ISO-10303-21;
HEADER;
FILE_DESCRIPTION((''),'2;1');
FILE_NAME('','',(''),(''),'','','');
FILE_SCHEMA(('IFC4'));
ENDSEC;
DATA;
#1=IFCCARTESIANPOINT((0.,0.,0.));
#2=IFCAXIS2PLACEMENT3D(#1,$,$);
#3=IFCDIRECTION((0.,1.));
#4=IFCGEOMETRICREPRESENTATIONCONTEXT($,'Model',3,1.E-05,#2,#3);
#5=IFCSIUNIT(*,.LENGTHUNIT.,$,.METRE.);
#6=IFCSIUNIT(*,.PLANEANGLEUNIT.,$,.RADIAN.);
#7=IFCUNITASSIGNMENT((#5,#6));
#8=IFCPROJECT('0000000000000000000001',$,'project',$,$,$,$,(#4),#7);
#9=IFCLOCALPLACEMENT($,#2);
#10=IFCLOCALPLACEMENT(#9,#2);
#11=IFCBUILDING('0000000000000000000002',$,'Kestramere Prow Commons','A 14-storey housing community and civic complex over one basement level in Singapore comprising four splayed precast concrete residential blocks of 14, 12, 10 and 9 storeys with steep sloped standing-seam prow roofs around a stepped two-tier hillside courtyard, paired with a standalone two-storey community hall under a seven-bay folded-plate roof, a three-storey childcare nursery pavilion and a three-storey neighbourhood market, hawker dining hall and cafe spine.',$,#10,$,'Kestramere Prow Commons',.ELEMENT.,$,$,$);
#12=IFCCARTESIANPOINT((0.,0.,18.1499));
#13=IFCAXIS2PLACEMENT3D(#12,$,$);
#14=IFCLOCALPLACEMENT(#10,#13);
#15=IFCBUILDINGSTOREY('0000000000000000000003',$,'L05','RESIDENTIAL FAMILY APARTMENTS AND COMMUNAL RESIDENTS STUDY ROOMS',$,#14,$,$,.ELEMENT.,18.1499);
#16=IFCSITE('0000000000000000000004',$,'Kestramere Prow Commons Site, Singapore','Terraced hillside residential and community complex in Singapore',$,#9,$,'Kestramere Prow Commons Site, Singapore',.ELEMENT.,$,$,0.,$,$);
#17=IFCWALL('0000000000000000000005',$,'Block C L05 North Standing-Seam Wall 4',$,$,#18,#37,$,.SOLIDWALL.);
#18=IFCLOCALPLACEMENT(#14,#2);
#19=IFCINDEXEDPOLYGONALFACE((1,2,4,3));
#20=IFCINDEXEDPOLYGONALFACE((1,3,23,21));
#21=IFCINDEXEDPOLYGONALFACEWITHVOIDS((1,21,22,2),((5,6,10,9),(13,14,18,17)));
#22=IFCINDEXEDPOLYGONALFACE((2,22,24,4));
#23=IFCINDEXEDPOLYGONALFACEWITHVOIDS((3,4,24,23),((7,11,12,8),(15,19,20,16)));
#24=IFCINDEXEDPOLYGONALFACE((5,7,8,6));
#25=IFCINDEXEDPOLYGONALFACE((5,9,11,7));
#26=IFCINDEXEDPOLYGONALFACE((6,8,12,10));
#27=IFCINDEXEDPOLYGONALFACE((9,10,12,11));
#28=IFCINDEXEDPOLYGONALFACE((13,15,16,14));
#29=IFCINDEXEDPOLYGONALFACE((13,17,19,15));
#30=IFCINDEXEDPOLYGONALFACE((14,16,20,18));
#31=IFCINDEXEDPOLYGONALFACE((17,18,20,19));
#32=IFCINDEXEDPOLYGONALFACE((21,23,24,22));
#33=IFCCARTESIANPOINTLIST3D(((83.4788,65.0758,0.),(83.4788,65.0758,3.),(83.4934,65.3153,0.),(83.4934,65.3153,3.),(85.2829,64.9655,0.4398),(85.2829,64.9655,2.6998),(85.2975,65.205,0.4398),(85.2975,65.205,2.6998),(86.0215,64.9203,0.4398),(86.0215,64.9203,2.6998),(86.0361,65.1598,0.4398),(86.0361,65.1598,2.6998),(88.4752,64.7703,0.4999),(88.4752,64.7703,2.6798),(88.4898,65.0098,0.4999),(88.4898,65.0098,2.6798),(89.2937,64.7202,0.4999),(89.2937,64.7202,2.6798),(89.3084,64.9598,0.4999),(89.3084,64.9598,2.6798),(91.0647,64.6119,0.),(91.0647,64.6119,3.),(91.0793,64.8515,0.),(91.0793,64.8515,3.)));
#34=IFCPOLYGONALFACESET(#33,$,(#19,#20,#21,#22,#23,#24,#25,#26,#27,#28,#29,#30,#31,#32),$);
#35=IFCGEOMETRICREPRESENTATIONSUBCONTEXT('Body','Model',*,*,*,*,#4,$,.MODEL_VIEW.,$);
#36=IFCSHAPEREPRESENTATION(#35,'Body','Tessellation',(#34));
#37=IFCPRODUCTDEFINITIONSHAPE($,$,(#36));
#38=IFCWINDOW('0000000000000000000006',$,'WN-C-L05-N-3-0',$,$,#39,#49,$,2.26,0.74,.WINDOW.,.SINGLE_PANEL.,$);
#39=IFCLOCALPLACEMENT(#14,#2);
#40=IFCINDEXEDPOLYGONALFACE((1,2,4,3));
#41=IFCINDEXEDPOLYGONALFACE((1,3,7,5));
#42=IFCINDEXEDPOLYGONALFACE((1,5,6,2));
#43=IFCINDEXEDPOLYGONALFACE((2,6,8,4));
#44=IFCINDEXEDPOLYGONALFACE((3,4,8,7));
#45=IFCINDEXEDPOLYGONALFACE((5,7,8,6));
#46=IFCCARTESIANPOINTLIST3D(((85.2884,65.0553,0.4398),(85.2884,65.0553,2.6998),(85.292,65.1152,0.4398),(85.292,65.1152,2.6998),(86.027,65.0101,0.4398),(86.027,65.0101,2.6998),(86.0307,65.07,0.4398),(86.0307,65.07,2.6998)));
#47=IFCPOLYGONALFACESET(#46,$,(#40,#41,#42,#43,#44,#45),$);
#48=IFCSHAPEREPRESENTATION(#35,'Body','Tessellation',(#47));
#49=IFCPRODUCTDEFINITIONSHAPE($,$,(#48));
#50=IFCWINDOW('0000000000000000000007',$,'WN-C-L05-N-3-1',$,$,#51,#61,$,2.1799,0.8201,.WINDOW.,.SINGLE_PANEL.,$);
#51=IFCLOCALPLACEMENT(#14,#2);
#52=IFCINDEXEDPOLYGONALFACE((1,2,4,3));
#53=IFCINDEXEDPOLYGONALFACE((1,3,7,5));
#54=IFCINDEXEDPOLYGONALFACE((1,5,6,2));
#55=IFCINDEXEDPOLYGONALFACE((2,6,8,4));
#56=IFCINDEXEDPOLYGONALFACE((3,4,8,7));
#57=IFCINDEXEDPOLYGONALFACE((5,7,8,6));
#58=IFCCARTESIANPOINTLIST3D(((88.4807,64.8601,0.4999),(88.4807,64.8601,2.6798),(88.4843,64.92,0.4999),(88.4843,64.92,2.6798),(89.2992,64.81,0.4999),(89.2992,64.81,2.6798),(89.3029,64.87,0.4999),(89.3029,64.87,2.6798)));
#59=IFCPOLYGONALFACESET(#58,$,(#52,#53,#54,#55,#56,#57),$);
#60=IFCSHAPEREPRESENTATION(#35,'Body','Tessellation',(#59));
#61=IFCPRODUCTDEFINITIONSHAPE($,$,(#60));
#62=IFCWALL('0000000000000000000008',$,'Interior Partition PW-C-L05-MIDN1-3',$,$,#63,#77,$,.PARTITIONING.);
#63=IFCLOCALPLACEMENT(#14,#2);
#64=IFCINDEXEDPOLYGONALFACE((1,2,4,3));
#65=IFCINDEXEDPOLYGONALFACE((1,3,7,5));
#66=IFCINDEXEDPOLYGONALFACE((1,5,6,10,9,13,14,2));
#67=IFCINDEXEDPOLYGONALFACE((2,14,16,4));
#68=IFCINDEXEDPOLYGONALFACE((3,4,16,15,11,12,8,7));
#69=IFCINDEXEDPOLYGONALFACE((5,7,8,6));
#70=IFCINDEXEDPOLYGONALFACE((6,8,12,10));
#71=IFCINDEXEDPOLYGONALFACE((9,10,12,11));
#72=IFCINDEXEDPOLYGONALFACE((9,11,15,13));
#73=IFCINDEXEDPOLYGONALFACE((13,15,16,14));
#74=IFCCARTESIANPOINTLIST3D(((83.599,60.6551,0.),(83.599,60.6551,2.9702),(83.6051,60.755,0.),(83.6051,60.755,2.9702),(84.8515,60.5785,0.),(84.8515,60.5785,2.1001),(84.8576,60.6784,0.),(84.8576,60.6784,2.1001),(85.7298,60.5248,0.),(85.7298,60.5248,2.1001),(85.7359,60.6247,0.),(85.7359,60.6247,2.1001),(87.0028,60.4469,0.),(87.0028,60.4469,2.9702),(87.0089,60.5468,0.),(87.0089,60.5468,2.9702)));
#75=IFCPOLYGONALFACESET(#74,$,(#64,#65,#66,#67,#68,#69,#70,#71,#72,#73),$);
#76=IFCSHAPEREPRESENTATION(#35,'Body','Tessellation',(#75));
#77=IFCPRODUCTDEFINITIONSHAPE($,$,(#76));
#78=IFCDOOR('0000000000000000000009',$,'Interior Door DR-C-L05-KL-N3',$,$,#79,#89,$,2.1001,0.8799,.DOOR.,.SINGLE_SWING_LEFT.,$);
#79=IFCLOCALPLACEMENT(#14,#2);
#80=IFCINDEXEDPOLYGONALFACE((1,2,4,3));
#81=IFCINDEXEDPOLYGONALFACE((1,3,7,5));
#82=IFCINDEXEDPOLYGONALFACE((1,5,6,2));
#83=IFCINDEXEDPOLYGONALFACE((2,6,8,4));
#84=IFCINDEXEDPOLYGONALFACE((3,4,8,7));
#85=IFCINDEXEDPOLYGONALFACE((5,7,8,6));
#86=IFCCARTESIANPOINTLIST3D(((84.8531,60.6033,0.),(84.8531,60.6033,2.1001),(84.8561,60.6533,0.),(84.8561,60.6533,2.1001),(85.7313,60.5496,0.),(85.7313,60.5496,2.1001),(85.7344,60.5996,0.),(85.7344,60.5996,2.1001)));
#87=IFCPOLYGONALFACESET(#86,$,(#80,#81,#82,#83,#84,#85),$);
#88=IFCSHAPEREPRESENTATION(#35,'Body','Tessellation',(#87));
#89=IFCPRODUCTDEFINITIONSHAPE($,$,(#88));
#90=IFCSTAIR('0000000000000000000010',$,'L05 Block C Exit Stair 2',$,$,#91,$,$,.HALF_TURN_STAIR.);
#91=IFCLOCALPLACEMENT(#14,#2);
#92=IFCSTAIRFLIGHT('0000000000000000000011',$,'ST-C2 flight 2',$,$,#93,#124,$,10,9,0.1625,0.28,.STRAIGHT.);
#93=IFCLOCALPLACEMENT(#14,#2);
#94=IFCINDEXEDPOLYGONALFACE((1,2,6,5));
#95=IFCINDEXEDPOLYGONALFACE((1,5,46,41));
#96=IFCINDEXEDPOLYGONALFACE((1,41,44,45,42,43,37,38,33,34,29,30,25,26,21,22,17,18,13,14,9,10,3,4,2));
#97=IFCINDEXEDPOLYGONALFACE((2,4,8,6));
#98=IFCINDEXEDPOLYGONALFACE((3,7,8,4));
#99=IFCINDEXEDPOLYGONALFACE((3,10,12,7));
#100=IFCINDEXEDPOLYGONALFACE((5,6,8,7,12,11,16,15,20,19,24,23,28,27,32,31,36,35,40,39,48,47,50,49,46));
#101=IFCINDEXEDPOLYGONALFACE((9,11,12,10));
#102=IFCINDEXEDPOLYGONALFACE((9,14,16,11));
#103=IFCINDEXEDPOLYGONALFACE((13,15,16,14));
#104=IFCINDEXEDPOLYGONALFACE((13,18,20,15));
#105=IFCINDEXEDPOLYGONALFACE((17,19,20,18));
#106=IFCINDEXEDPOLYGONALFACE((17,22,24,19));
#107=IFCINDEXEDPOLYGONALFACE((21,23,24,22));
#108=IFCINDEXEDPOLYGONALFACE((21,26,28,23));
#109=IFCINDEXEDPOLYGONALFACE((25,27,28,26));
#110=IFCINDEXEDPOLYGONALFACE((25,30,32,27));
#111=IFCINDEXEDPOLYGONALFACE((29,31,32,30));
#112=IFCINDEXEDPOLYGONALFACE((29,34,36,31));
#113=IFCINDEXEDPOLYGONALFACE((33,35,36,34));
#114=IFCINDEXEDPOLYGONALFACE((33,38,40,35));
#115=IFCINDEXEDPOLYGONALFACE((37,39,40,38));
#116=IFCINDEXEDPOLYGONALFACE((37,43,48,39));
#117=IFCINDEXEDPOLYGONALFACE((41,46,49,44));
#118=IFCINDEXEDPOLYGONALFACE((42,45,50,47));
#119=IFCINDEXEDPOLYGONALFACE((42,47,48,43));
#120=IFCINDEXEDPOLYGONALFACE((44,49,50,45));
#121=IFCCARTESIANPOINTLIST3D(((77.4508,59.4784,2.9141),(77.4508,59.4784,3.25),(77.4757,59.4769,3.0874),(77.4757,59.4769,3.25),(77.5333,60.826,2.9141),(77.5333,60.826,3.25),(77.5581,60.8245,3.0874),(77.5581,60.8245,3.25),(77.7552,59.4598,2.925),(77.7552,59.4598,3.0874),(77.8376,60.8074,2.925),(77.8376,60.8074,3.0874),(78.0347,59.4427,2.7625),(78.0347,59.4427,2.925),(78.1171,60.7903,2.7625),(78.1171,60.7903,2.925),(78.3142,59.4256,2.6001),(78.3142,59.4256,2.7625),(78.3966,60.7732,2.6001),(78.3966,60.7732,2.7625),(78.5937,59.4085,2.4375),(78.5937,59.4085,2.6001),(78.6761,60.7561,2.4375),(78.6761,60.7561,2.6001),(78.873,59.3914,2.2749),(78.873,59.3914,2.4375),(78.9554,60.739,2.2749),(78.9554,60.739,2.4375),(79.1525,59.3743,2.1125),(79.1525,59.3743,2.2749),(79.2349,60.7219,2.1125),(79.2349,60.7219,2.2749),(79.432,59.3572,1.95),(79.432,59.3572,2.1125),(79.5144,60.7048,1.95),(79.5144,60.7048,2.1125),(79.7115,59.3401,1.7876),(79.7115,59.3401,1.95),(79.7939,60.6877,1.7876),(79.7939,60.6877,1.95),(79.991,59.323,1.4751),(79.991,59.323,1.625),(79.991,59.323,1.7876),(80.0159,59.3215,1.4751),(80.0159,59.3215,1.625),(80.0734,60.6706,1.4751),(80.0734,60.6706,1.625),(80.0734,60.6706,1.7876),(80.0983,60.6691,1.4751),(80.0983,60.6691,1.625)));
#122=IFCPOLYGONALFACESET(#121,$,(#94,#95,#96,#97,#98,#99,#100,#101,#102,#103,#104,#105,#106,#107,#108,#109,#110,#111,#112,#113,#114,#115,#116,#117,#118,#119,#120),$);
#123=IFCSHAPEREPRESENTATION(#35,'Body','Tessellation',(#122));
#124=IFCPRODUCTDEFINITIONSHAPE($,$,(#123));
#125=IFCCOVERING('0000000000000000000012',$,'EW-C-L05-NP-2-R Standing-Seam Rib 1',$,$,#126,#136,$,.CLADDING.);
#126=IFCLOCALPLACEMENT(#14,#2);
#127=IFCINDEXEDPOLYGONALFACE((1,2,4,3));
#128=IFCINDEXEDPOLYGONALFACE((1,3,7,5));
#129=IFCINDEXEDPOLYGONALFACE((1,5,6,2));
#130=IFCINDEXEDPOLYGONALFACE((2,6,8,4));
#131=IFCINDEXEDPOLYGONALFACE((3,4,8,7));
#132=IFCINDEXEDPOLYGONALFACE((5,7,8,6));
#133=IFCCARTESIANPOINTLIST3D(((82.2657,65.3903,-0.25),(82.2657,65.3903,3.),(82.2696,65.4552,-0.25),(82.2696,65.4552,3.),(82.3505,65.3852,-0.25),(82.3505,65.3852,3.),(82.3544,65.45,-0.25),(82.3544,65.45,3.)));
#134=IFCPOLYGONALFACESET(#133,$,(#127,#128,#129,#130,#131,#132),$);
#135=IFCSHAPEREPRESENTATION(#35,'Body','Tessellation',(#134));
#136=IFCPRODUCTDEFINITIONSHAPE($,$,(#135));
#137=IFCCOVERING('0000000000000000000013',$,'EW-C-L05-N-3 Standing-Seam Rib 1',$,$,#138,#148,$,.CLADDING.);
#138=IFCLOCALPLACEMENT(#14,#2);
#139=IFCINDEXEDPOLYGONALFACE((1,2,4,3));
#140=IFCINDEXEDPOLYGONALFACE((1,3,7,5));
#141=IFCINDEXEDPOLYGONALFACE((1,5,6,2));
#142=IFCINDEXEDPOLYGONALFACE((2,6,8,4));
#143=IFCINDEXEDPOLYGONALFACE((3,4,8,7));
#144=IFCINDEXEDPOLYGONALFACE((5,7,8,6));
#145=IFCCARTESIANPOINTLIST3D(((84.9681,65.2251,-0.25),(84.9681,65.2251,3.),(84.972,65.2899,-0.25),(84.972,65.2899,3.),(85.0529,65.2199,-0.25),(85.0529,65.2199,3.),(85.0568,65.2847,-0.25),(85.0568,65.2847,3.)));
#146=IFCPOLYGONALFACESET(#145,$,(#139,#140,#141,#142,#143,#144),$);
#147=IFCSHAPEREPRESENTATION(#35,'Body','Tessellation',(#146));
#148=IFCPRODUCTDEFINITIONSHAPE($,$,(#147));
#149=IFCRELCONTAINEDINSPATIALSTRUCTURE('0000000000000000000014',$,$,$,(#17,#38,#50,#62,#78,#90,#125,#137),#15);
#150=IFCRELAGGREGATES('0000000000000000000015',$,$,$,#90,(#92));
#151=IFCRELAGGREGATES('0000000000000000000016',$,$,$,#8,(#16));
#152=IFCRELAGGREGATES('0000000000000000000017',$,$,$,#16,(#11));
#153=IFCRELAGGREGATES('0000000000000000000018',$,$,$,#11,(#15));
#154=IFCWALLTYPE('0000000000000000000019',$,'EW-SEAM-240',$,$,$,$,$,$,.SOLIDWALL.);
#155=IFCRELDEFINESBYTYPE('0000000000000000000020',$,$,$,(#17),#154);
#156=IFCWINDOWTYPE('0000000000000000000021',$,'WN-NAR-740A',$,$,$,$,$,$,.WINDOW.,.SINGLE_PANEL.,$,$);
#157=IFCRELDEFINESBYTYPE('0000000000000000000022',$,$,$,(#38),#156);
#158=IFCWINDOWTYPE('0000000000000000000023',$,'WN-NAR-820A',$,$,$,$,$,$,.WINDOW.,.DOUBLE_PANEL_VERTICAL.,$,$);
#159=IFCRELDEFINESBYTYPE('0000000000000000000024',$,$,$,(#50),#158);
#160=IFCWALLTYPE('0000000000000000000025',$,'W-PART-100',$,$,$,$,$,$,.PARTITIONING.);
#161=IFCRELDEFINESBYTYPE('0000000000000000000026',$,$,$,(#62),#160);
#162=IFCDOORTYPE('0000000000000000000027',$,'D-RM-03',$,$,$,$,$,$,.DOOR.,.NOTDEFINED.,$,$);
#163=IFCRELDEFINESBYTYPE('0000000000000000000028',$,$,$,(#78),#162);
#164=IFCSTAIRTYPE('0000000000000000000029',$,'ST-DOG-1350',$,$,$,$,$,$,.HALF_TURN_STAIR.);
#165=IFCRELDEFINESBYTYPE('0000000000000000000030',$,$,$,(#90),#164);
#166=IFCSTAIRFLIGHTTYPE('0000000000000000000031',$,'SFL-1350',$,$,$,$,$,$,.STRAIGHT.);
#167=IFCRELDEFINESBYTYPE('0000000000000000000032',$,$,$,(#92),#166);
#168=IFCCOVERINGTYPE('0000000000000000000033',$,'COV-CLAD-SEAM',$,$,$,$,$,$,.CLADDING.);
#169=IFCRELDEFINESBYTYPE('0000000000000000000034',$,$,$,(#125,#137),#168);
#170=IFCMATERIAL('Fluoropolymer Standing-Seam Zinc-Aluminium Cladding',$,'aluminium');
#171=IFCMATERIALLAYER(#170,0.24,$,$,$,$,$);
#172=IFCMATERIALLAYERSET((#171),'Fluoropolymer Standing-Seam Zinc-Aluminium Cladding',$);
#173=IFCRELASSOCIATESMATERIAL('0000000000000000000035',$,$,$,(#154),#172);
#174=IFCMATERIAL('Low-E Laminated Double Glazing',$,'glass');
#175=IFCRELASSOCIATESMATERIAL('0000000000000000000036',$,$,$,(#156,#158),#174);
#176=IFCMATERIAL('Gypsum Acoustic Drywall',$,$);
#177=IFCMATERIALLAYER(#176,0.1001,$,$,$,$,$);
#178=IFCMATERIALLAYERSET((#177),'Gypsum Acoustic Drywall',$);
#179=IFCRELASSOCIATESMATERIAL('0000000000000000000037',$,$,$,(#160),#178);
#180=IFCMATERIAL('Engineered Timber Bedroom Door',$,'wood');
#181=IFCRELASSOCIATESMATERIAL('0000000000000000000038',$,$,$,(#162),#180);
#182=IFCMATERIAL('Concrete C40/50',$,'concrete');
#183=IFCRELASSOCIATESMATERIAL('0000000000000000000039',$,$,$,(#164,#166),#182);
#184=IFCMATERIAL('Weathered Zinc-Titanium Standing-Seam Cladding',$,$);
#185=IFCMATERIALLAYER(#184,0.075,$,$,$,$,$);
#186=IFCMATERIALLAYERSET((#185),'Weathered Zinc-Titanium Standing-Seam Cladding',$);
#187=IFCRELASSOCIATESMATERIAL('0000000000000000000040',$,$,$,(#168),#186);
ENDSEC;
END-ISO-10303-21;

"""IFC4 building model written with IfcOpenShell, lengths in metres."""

from ifc_helpers import new_model, si_unit, direction, frame, frame_2d, origin, origin_2d, place, context, subcontext, project, spatial, polyline, rectangle, outline, extrude, material, layer, layer_set, type_object, element, fill, aggregate, save


model = new_model("IFC4")

# Units and contexts
model_context = context("Model", 3, precision=1e-05, world=origin(), true_north=direction((0.0, 1.0)))
body_context = subcontext(model_context, "Body", "Model", "MODEL_VIEW")
ifc_project = project(units=[si_unit("LENGTHUNIT", "METRE"), si_unit("PLANEANGLEUNIT", "RADIAN")], contexts=[model_context])

# Site, building, storey
site_placement = place(None, origin())
site = spatial("IfcSite", under=ifc_project, at=site_placement, Name="Kestramere Prow Commons Site, Singapore", Description="Terraced hillside residential and community complex in Singapore", LongName="Kestramere Prow Commons Site, Singapore", CompositionType="ELEMENT", RefElevation=0.0)
building_placement = place(site_placement, origin())
building = spatial("IfcBuilding", under=site, at=building_placement, Name="Kestramere Prow Commons", Description="A 14-storey housing community and civic complex over one basement level in Singapore comprising four splayed precast concrete residential blocks of 14, 12, 10 and 9 storeys with steep sloped standing-seam prow roofs around a stepped two-tier hillside courtyard, paired with a standalone two-storey community hall under a seven-bay folded-plate roof, a three-storey childcare nursery pavilion and a three-storey neighbourhood market, hawker dining hall and cafe spine.", LongName="Kestramere Prow Commons", CompositionType="ELEMENT")
storey_placement = place(building_placement, frame((0.0, 0.0, 18.1499)))
storey = spatial("IfcBuildingStorey", under=building, at=storey_placement, Name="L05", Description="RESIDENTIAL FAMILY APARTMENTS AND COMMUNAL RESIDENTS STUDY ROOMS", CompositionType="ELEMENT", Elevation=18.1499)

# Shared definitions
ifc_material_1 = material(Name="Low-E Laminated Double Glazing", Category="glass")

# Shared definitions
ifc_material_2 = material(Name="Fluoropolymer Standing-Seam Zinc-Aluminium Cladding", Category="aluminium")
ifc_layer_1 = layer(ifc_material_2, 0.24)
ifc_layer_set_1 = layer_set([ifc_layer_1], Name="Fluoropolymer Standing-Seam Zinc-Aluminium Cladding")
wall_type_1 = type_object("IfcWallType", Name="EW-SEAM-240", PredefinedType="SOLIDWALL", material=ifc_layer_set_1)

# Wall, openings, windows
wall_1_placement = place(storey_placement, frame((83.4861, 65.1956, 0.0), z_axis=(0.0, 0.0, 1.0), x_axis=(0.998136, -0.061034, 0.0)))
wall_1 = element("IfcWall", 1, at=wall_1_placement, inside=storey, type_object=wall_type_1, Name="Block C L05 North Standing-Seam Wall 4", PredefinedType="SOLIDWALL", context=body_context, shape_type="SweptSolid", body=[
    extrude(rectangle(XDim=7.6001, YDim=0.24, at=frame_2d((3.8, 0.0))), origin(), (0.0, 0.0, 1.0), 3.0),
])
opening_1_placement = place(wall_1_placement, frame((1.8074, 0.0, 0.4399)))
opening_1 = element("IfcOpeningElement", 2, at=opening_1_placement, cuts=wall_1, PredefinedType="OPENING", context=body_context, shape_type="SweptSolid", body=[
    extrude(rectangle(XDim=0.74, YDim=2.26, at=frame_2d((0.3701, 1.1299))), frame((0.0, 0.135, 0.0), z_axis=(0.0, -1.0, 0.0), x_axis=(1.0, 0.0, 0.0)), (0.0, 0.0, 1.0), 0.27),
])
opening_2_placement = place(wall_1_placement, frame((5.0056, 0.0, 0.5)))
opening_2 = element("IfcOpeningElement", 3, at=opening_2_placement, cuts=wall_1, PredefinedType="OPENING", context=body_context, shape_type="SweptSolid", body=[
    extrude(rectangle(XDim=0.8201, YDim=2.1799, at=frame_2d((0.4102, 1.0898))), frame((0.0, 0.135, 0.0), z_axis=(0.0, -1.0, 0.0), x_axis=(1.0, 0.0, 0.0)), (0.0, 0.0, 1.0), 0.27),
])
window_type_1 = type_object("IfcWindowType", Name="WN-NAR-740A", PartitioningType="SINGLE_PANEL", PredefinedType="WINDOW", material=ifc_material_1)
window_1_placement = place(opening_1_placement, origin())
window_1 = element("IfcWindow", 4, at=window_1_placement, inside=storey, type_object=window_type_1, Name="WN-C-L05-N-3-0", OverallHeight=2.26, OverallWidth=0.74, PartitioningType="SINGLE_PANEL", PredefinedType="WINDOW", context=body_context, shape_type="SweptSolid", body=[
    extrude(rectangle(XDim=0.74, YDim=2.26, at=frame_2d((0.3701, 1.1299))), frame((0.0, 0.03, 0.0), z_axis=(0.0, -1.0, 0.0), x_axis=(1.0, 0.0, 0.0)), (0.0, 0.0, 1.0), 0.0601),
])
fill(opening_1, window_1)
window_type_2 = type_object("IfcWindowType", Name="WN-NAR-820A", PartitioningType="DOUBLE_PANEL_VERTICAL", PredefinedType="WINDOW", material=ifc_material_1)
window_2_placement = place(opening_2_placement, origin())
window_2 = element("IfcWindow", 5, at=window_2_placement, inside=storey, type_object=window_type_2, Name="WN-C-L05-N-3-1", OverallHeight=2.1799, OverallWidth=0.8201, PartitioningType="SINGLE_PANEL", PredefinedType="WINDOW", context=body_context, shape_type="SweptSolid", body=[
    extrude(rectangle(XDim=0.8201, YDim=2.1799, at=frame_2d((0.4102, 1.0898))), frame((0.0, 0.03, 0.0), z_axis=(0.0, -1.0, 0.0), x_axis=(1.0, 0.0, 0.0)), (0.0, 0.0, 1.0), 0.0601),
])
fill(opening_2, window_2)

# Wall, opening, door
ifc_material_3 = material(Name="Gypsum Acoustic Drywall")
ifc_layer_2 = layer(ifc_material_3, 0.1001)
ifc_layer_set_2 = layer_set([ifc_layer_2], Name="Gypsum Acoustic Drywall")
wall_type_2 = type_object("IfcWallType", Name="W-PART-100", PredefinedType="PARTITIONING", material=ifc_layer_set_2)
wall_2_placement = place(storey_placement, frame((83.6021, 60.7051, 0.0), z_axis=(0.0, 0.0, 1.0), x_axis=(0.998134, -0.061068, 0.0)))
wall_2 = element("IfcWall", 6, at=wall_2_placement, inside=storey, type_object=wall_type_2, Name="Interior Partition PW-C-L05-MIDN1-3", PredefinedType="PARTITIONING", context=body_context, shape_type="SweptSolid", body=[
    extrude(rectangle(XDim=3.4102, YDim=0.1001, at=frame_2d((1.7051, 0.0))), origin(), (0.0, 0.0, 1.0), 2.9702),
])
opening_3_placement = place(wall_2_placement, frame((1.2549, 0.0, 0.0)))
opening_3 = element("IfcOpeningElement", 7, at=opening_3_placement, cuts=wall_2, PredefinedType="OPENING", context=body_context, shape_type="SweptSolid", body=[
    extrude(rectangle(XDim=0.8799, YDim=2.1001, at=frame_2d((0.4399, 1.05))), frame((0.0, 0.0649, 0.0), z_axis=(0.0, -1.0, 0.0), x_axis=(1.0, 0.0, 0.0)), (0.0, 0.0, 1.0), 0.1301),
])
ifc_material_4 = material(Name="Engineered Timber Bedroom Door", Category="wood")
door_type = type_object("IfcDoorType", Name="D-RM-03", OperationType="NOTDEFINED", PredefinedType="DOOR", material=ifc_material_4)
door_placement = place(opening_3_placement, origin())
door = element("IfcDoor", 8, at=door_placement, inside=storey, type_object=door_type, Name="Interior Door DR-C-L05-KL-N3", OperationType="SINGLE_SWING_LEFT", OverallHeight=2.1001, OverallWidth=0.8799, PredefinedType="DOOR", context=body_context, shape_type="SweptSolid", body=[
    extrude(rectangle(XDim=0.8799, YDim=2.1001, at=frame_2d((0.4399, 1.05))), frame((0.0, 0.0249, 0.0), z_axis=(0.0, -1.0, 0.0), x_axis=(1.0, 0.0, 0.0)), (0.0, 0.0, 1.0), 0.05),
])
fill(opening_3, door)

# Stair, stair flight
ifc_material_5 = material(Name="Concrete C40/50", Category="concrete")
stair_type = type_object("IfcStairType", Name="ST-DOG-1350", PredefinedType="HALF_TURN_STAIR", material=ifc_material_5)
stair_placement = place(storey_placement, origin())
stair = element("IfcStair", 9, at=stair_placement, inside=storey, type_object=stair_type, Name="L05 Block C Exit Stair 2", PredefinedType="HALF_TURN_STAIR")
stair_flight_type = type_object("IfcStairFlightType", Name="SFL-1350", PredefinedType="STRAIGHT", material=ifc_material_5)
stair_flight_placement = place(storey_placement, frame((80.0322, 59.9968, 1.625), z_axis=(0.0, 0.0, 1.0), x_axis=(-0.998135, 0.061049, 0.0)))
stair_flight = element("IfcStairFlight", 10, at=stair_flight_placement, type_object=stair_flight_type, Name="ST-C2 flight 2", NumberOfRisers=10, NumberOfTreads=9, PredefinedType="STRAIGHT", RiserHeight=0.1625, TreadLength=0.28, context=body_context, shape_type="SweptSolid", body=[
    extrude(outline(polyline([(-0.0249, 0.0), (0.0, 0.0), (0.0, 0.1626), (0.28, 0.1626), (0.28, 0.325), (0.5601, 0.325), (0.5601, 0.4875), (0.8401, 0.4875), (0.8401, 0.6499), (1.1201, 0.6499), (1.1201, 0.8125), (1.3999, 0.8125), (1.3999, 0.9751), (1.6799, 0.9751), (1.6799, 1.1375), (1.96, 1.1375), (1.96, 1.3), (2.24, 1.3), (2.24, 1.4624), (2.52, 1.4624), (2.52, 1.625), (2.5449, 1.625), (2.5449, 1.2891), (0.0, -0.1499), (-0.0249, -0.1499), (-0.0249, 0.0)])), frame((0.0, 0.675, 0.0), z_axis=(0.0, -1.0, 0.0), x_axis=(1.0, 0.0, 0.0)), (0.0, 0.0, 1.0), 1.3501),
])
aggregate(stair, [stair_flight])

# Coverings
ifc_material_6 = material(Name="Weathered Zinc-Titanium Standing-Seam Cladding")
ifc_layer_3 = layer(ifc_material_6, 0.075)
ifc_layer_set_3 = layer_set([ifc_layer_3], Name="Weathered Zinc-Titanium Standing-Seam Cladding")
covering_type = type_object("IfcCoveringType", Name="COV-CLAD-SEAM", PredefinedType="CLADDING", material=ifc_layer_set_3)
for number, where, z_axis, x_axis, name in (
    (11, (82.3101, 65.4202, -0.25), (0.0, 0.0, 1.0), (0.998135, -0.061049, 0.0), "EW-C-L05-NP-2-R Standing-Seam Rib 1"),
    (12, (85.0125, 65.2549, -0.25), (0.0, 0.0, 1.0), (0.998135, -0.061049, 0.0), "EW-C-L05-N-3 Standing-Seam Rib 1"),
):
    element("IfcCovering", number, at=place(storey_placement, frame(where, z_axis=z_axis, x_axis=x_axis)), inside=storey, type_object=covering_type, Name=name, PredefinedType="CLADDING", context=body_context, shape_type="SweptSolid", body=[
        extrude(rectangle(XDim=0.085, YDim=0.0649, at=origin_2d()), origin(), (0.0, 0.0, 1.0), 3.25),
    ])

save(model, "model.ifc")
